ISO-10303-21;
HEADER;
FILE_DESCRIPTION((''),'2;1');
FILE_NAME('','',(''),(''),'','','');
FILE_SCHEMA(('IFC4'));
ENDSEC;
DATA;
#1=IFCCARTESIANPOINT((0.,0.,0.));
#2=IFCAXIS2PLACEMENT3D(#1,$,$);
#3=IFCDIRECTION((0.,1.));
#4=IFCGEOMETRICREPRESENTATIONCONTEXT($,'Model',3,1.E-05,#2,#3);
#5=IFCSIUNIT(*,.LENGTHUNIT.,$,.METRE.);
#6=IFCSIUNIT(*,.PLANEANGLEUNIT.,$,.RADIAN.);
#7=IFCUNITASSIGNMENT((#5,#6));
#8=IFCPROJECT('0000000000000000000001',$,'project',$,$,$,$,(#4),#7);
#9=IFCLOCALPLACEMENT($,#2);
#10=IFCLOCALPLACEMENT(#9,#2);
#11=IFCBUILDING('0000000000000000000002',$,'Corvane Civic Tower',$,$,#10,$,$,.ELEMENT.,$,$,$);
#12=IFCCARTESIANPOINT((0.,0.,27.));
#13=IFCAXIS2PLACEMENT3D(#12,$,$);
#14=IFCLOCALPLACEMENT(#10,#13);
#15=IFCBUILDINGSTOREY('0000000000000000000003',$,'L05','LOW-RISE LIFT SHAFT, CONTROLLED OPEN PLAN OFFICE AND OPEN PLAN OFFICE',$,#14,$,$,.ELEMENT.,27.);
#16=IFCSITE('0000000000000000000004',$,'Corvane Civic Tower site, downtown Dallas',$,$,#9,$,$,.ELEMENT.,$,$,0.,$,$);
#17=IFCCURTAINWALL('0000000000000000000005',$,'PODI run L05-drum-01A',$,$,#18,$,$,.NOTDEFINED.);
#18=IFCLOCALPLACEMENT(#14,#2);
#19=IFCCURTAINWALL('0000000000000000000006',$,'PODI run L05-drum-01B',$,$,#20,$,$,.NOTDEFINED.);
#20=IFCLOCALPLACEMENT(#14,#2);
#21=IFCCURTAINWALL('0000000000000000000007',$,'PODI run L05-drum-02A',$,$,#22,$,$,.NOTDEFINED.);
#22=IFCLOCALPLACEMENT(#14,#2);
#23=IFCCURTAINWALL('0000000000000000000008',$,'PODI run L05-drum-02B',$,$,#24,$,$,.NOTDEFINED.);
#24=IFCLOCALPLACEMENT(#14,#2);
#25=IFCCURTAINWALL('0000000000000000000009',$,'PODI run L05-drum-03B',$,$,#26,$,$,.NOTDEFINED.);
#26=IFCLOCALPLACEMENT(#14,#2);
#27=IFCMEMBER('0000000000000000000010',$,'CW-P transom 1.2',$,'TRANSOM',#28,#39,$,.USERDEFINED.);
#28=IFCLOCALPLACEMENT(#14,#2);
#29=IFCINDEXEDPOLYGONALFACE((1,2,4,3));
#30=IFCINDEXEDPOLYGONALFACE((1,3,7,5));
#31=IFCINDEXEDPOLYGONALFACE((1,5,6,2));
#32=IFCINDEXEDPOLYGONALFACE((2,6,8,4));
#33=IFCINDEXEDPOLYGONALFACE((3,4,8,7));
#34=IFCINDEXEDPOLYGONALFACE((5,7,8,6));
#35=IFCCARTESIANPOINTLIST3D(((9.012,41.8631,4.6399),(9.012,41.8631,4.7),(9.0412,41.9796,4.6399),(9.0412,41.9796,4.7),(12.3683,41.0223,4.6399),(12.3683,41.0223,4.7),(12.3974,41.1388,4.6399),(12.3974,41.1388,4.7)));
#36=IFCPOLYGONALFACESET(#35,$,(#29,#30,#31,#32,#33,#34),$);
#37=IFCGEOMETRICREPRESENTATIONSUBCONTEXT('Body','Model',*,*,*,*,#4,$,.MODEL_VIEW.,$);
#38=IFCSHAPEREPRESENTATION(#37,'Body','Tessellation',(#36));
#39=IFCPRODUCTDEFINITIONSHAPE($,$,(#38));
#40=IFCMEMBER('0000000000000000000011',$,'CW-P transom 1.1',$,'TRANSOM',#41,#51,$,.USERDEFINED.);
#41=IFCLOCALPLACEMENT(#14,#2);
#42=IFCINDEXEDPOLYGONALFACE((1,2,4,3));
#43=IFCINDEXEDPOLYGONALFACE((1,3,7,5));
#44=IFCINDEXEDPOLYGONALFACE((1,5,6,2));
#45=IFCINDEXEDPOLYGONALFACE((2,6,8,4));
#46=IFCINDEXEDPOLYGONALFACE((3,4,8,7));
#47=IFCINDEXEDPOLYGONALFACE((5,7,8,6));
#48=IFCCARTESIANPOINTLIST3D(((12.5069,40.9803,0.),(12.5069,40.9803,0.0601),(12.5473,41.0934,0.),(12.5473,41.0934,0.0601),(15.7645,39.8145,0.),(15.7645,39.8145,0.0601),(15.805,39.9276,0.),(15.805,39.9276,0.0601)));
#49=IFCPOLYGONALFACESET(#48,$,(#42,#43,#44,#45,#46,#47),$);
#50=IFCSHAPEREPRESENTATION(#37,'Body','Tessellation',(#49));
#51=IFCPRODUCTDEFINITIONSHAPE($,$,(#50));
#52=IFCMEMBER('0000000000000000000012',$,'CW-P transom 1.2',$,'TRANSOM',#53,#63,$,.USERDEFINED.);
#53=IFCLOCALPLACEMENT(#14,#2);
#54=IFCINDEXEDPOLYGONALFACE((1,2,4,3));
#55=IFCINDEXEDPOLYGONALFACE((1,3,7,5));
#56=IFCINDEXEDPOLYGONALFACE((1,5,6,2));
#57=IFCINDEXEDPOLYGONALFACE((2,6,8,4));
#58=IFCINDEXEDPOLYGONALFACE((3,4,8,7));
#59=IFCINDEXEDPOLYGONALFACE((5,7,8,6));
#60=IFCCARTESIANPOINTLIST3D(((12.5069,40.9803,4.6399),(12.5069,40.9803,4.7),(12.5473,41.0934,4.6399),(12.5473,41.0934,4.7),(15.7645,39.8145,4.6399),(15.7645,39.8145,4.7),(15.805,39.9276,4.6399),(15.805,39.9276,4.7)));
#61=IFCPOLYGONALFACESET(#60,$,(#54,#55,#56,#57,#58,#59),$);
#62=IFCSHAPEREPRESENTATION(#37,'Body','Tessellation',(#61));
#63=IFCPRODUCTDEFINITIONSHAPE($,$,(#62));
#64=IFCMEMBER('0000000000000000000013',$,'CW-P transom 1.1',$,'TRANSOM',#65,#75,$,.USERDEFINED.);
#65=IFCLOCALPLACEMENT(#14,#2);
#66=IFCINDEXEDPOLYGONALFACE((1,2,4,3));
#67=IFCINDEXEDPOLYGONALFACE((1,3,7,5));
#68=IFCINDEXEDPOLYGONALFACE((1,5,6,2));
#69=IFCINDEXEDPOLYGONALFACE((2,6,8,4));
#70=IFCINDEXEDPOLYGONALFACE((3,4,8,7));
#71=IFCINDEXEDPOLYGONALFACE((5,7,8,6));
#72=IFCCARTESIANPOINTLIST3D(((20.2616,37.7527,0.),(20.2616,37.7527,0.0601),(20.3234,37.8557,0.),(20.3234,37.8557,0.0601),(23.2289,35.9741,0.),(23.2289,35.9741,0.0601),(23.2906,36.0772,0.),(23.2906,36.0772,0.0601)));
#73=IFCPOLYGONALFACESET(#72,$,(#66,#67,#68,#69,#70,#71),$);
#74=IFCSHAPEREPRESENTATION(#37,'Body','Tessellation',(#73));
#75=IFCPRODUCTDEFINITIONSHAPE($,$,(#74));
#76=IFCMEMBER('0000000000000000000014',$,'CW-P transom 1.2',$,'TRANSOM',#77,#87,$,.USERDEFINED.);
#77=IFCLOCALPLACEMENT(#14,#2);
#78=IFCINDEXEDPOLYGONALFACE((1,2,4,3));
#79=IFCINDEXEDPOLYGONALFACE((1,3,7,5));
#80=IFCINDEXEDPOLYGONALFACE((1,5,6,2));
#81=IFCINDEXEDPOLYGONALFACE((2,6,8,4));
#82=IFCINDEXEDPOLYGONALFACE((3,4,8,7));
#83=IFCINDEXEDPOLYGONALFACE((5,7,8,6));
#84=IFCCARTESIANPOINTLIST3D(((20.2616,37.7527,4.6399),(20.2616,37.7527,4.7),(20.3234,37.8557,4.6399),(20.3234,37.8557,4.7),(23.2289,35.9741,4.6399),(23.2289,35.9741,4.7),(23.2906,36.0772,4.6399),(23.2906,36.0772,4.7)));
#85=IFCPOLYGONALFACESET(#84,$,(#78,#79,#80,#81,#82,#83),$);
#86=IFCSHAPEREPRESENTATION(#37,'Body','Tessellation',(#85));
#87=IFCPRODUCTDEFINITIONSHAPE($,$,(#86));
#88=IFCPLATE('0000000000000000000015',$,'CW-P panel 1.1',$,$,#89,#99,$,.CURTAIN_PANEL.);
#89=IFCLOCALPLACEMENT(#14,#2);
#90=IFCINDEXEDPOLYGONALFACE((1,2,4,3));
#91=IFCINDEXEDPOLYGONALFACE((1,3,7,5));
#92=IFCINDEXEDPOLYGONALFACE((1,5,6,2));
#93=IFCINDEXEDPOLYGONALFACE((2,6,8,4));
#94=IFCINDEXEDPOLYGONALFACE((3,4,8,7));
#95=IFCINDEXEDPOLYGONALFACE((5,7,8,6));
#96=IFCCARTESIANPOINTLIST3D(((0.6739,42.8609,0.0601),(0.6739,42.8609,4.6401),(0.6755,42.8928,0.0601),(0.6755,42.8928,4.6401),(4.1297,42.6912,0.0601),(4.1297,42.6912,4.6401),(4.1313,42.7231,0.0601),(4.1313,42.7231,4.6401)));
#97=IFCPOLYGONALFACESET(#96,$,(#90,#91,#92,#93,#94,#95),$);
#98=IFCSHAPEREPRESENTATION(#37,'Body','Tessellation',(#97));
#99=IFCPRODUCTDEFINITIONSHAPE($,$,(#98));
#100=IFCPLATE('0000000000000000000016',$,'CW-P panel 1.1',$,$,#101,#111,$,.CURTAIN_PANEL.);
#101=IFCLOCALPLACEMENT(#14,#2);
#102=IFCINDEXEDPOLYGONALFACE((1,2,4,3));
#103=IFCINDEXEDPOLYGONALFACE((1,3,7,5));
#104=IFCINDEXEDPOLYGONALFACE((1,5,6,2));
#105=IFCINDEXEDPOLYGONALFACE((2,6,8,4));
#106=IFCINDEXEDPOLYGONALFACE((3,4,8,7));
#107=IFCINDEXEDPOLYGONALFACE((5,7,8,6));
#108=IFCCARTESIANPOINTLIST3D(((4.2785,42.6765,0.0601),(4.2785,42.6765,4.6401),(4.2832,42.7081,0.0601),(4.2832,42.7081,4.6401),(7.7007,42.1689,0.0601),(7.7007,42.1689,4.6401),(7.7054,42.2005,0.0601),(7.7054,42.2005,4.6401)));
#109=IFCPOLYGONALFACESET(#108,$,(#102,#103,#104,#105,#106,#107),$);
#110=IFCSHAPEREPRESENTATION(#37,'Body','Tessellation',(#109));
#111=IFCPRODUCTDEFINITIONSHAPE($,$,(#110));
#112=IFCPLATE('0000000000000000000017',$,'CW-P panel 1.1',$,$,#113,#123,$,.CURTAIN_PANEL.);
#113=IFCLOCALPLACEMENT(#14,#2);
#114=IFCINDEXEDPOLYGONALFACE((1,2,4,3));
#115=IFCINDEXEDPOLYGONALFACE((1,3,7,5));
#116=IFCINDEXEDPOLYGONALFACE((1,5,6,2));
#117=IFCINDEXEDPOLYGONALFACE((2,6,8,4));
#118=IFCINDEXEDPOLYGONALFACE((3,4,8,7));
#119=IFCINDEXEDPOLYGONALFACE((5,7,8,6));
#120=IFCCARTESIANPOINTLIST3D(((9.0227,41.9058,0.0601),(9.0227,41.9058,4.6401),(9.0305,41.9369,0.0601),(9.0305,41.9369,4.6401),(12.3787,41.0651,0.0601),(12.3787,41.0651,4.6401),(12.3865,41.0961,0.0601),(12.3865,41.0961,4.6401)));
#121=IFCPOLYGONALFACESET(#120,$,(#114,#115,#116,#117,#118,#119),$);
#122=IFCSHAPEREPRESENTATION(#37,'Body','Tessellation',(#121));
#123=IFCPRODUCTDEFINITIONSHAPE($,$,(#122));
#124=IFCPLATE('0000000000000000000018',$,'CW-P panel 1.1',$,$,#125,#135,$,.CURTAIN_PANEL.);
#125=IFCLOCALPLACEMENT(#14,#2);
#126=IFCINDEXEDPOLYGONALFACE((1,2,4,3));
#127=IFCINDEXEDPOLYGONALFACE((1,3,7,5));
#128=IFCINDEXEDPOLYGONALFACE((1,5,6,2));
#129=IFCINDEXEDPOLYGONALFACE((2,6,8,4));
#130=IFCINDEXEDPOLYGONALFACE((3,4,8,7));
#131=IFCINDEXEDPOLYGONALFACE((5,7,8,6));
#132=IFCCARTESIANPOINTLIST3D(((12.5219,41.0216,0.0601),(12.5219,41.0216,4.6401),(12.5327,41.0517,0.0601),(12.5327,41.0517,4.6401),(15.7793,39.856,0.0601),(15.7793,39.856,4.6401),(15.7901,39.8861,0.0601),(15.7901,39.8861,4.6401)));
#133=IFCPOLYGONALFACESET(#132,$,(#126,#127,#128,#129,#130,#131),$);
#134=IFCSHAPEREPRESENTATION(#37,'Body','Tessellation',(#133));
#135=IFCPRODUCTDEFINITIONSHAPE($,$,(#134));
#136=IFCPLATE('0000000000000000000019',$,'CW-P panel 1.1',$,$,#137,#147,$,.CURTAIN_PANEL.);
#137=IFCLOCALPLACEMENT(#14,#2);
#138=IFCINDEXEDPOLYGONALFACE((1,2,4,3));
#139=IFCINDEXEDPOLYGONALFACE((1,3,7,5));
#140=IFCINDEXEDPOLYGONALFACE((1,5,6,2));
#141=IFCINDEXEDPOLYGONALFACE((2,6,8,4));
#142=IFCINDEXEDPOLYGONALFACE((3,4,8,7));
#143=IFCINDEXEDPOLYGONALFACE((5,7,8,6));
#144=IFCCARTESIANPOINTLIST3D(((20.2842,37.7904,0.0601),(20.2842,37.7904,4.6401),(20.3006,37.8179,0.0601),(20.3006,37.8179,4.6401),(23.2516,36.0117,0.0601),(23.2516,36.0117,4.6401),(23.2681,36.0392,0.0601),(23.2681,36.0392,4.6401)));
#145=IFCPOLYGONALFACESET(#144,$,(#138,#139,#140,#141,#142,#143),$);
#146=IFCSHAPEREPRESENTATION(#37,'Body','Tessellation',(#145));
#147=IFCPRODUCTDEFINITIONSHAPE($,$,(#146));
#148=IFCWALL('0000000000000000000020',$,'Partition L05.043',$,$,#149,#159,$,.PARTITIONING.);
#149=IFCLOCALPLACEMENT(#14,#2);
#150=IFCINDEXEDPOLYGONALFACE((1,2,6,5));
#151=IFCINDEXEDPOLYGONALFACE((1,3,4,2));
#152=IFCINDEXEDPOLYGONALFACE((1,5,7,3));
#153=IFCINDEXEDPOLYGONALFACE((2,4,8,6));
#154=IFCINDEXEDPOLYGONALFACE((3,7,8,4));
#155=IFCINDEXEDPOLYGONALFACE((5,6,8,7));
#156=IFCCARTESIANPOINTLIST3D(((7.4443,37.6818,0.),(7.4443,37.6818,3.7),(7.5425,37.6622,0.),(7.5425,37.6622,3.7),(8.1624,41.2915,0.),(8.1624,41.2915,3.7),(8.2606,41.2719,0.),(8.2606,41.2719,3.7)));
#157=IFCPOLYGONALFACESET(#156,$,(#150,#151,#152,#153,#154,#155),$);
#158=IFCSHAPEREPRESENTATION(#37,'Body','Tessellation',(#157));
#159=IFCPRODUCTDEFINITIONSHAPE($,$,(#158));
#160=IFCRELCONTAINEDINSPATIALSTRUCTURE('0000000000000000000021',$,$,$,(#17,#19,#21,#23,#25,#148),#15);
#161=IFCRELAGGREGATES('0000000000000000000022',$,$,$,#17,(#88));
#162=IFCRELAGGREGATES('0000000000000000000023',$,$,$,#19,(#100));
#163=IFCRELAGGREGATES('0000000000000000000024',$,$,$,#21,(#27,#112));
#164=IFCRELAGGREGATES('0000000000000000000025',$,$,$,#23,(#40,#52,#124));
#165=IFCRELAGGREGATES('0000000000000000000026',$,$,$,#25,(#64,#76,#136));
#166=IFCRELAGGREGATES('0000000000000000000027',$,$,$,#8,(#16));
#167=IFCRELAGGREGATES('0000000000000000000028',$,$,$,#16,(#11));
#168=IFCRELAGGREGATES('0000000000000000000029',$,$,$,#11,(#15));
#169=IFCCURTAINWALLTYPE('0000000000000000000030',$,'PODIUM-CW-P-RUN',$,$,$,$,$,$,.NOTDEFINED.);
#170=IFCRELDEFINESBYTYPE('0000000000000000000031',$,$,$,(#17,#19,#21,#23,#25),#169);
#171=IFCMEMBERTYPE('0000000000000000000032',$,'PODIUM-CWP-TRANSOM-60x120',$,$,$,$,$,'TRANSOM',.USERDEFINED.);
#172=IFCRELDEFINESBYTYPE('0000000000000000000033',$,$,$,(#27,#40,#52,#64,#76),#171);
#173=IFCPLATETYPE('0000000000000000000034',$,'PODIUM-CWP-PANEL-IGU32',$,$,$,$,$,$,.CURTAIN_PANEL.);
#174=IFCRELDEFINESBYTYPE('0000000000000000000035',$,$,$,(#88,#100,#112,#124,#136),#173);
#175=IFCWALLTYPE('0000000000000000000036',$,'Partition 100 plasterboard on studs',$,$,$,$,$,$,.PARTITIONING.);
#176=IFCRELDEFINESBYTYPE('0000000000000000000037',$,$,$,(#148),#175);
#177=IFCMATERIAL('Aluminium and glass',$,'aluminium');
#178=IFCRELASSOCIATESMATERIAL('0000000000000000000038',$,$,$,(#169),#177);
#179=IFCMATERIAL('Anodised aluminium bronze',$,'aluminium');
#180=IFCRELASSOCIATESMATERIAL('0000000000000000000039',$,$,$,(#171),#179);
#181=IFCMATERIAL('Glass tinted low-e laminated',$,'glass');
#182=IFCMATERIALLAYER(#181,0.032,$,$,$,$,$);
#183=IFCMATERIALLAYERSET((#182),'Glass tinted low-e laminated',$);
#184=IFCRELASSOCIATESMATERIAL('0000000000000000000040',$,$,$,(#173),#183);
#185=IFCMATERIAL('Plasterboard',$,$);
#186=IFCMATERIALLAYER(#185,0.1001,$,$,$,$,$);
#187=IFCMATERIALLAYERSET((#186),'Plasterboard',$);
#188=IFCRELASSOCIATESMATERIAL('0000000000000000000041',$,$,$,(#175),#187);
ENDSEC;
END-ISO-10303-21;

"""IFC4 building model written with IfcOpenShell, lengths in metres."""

from ifc_helpers import new_model, si_unit, direction, frame, frame_2d, origin, origin_2d, place, context, subcontext, project, spatial, rectangle, extrude, material, layer, layer_set, material_profile, profile_set, type_object, element, aggregate, save


model = new_model("IFC4")

# Units and contexts
model_context = context("Model", 3, precision=1e-05, world=origin(), true_north=direction((0.0, 1.0)))
body_context = subcontext(model_context, "Body", "Model", "MODEL_VIEW")
ifc_project = project(units=[si_unit("LENGTHUNIT", "METRE"), si_unit("PLANEANGLEUNIT", "RADIAN")], contexts=[model_context])

# Site, building, storey
site_placement = place(None, origin())
site = spatial("IfcSite", under=ifc_project, at=site_placement, Name="Corvane Civic Tower site, downtown Dallas", CompositionType="ELEMENT", RefElevation=0.0)
building_placement = place(site_placement, origin())
building = spatial("IfcBuilding", under=site, at=building_placement, Name="Corvane Civic Tower", CompositionType="ELEMENT")
storey_placement = place(building_placement, frame((0.0, 0.0, 27.0)))
storey = spatial("IfcBuildingStorey", under=building, at=storey_placement, Name="L05", Description="LOW-RISE LIFT SHAFT, CONTROLLED OPEN PLAN OFFICE AND OPEN PLAN OFFICE", CompositionType="ELEMENT", Elevation=27.0)

# Curtain walls
ifc_material_1 = material(Name="Aluminium and glass", Category="aluminium")
curtain_wall_type = type_object("IfcCurtainWallType", Name="PODIUM-CW-P-RUN", PredefinedType="NOTDEFINED", material=ifc_material_1)
curtain_wall_1_placement = place(storey_placement, origin())
curtain_wall_1 = element("IfcCurtainWall", 1, at=curtain_wall_1_placement, inside=storey, type_object=curtain_wall_type, Name="PODI run L05-drum-01A", PredefinedType="NOTDEFINED")
curtain_wall_2_placement = place(storey_placement, origin())
curtain_wall_2 = element("IfcCurtainWall", 2, at=curtain_wall_2_placement, inside=storey, type_object=curtain_wall_type, Name="PODI run L05-drum-01B", PredefinedType="NOTDEFINED")
curtain_wall_3_placement = place(storey_placement, origin())
curtain_wall_3 = element("IfcCurtainWall", 3, at=curtain_wall_3_placement, inside=storey, type_object=curtain_wall_type, Name="PODI run L05-drum-02A", PredefinedType="NOTDEFINED")
curtain_wall_4_placement = place(storey_placement, origin())
curtain_wall_4 = element("IfcCurtainWall", 4, at=curtain_wall_4_placement, inside=storey, type_object=curtain_wall_type, Name="PODI run L05-drum-02B", PredefinedType="NOTDEFINED")
curtain_wall_5_placement = place(storey_placement, origin())
curtain_wall_5 = element("IfcCurtainWall", 5, at=curtain_wall_5_placement, inside=storey, type_object=curtain_wall_type, Name="PODI run L05-drum-03B", PredefinedType="NOTDEFINED")

# Members
ifc_material_2 = material(Name="Anodised aluminium bronze", Category="aluminium")
ifc_material_profile_1 = material_profile(ifc_material_2, rectangle(XDim=0.1201, YDim=0.0601, at=origin_2d()), Name="AL 120x60")
ifc_profile_set_1 = profile_set([ifc_material_profile_1], Name="Anodised aluminium bronze")
member_type_1 = type_object("IfcMemberType", Name="PODIUM-CWP-TRANSOM-60x120", ElementType="TRANSOM", PredefinedType="USERDEFINED", material=ifc_profile_set_1)
member_1_placement = place(storey_placement, frame((9.0266, 41.9214, 4.6699), z_axis=(0.970022, -0.243017, 0.0), x_axis=(0.243017, 0.970022, 0.0)))
member_1 = element("IfcMember", 6, at=member_1_placement, type_object=member_type_1, Name="CW-P transom 1.2", ObjectType="TRANSOM", PredefinedType="USERDEFINED", context=body_context, shape_type="SweptSolid", body=[
    extrude(rectangle(XDim=0.1201, YDim=0.0601, at=origin_2d()), origin(), (0.0, 0.0, 1.0), 3.46),
])
member_2_placement = place(storey_placement, frame((12.5271, 41.0369, 0.03), z_axis=(0.941526, -0.33694, 0.0), x_axis=(0.33694, 0.941526, 0.0)))
member_2 = element("IfcMember", 7, at=member_2_placement, type_object=member_type_1, Name="CW-P transom 1.1", ObjectType="TRANSOM", PredefinedType="USERDEFINED", context=body_context, shape_type="SweptSolid", body=[
    extrude(rectangle(XDim=0.1201, YDim=0.0601, at=origin_2d()), origin(), (0.0, 0.0, 1.0), 3.46),
])
member_3_placement = place(storey_placement, frame((12.5271, 41.0369, 4.6699), z_axis=(0.941526, -0.33694, 0.0), x_axis=(0.33694, 0.941526, 0.0)))
member_3 = element("IfcMember", 8, at=member_3_placement, type_object=member_type_1, Name="CW-P transom 1.2", ObjectType="TRANSOM", PredefinedType="USERDEFINED", context=body_context, shape_type="SweptSolid", body=[
    extrude(rectangle(XDim=0.1201, YDim=0.0601, at=origin_2d()), origin(), (0.0, 0.0, 1.0), 3.46),
])
member_4_placement = place(storey_placement, frame((20.2925, 37.8042, 0.03), z_axis=(0.857723, -0.514112, 0.0), x_axis=(0.514112, 0.857723, 0.0)))
member_4 = element("IfcMember", 9, at=member_4_placement, type_object=member_type_1, Name="CW-P transom 1.1", ObjectType="TRANSOM", PredefinedType="USERDEFINED", context=body_context, shape_type="SweptSolid", body=[
    extrude(rectangle(XDim=0.1201, YDim=0.0601, at=origin_2d()), origin(), (0.0, 0.0, 1.0), 3.4595),
])
member_5_placement = place(storey_placement, frame((20.2925, 37.8042, 4.6699), z_axis=(0.857723, -0.514112, 0.0), x_axis=(0.514112, 0.857723, 0.0)))
member_5 = element("IfcMember", 10, at=member_5_placement, type_object=member_type_1, Name="CW-P transom 1.2", ObjectType="TRANSOM", PredefinedType="USERDEFINED", context=body_context, shape_type="SweptSolid", body=[
    extrude(rectangle(XDim=0.1201, YDim=0.0601, at=origin_2d()), origin(), (0.0, 0.0, 1.0), 3.4595),
])

# Plates
ifc_material_3 = material(Name="Glass tinted low-e laminated", Category="glass")
ifc_layer_1 = layer(ifc_material_3, 0.032)
ifc_layer_set_1 = layer_set([ifc_layer_1], Name="Glass tinted low-e laminated")
plate_type = type_object("IfcPlateType", Name="PODIUM-CWP-PANEL-IGU32", PredefinedType="CURTAIN_PANEL", material=ifc_layer_set_1)
plate_1_placement = place(storey_placement, frame((2.4026, 42.792, 0.0601), z_axis=(0.0, 0.0, 1.0), x_axis=(0.998796, -0.04905, 0.0)))
plate_1 = element("IfcPlate", 11, at=plate_1_placement, type_object=plate_type, Name="CW-P panel 1.1", PredefinedType="CURTAIN_PANEL", context=body_context, shape_type="SweptSolid", body=[
    extrude(rectangle(XDim=3.46, YDim=0.032, at=origin_2d()), origin(), (0.0, 0.0, 1.0), 4.5801),
])
aggregate(curtain_wall_1, [plate_1])
plate_2_placement = place(storey_placement, frame((5.9919, 42.4385, 0.0601), z_axis=(0.0, 0.0, 1.0), x_axis=(0.989179, -0.146715, 0.0)))
plate_2 = element("IfcPlate", 12, at=plate_2_placement, type_object=plate_type, Name="CW-P panel 1.1", PredefinedType="CURTAIN_PANEL", context=body_context, shape_type="SweptSolid", body=[
    extrude(rectangle(XDim=3.4597, YDim=0.032, at=origin_2d()), origin(), (0.0, 0.0, 1.0), 4.5801),
])
aggregate(curtain_wall_2, [plate_2])
plate_3_placement = place(storey_placement, frame((10.7046, 41.501, 0.0601), z_axis=(0.0, 0.0, 1.0), x_axis=(0.970024, -0.243009, 0.0)))
plate_3 = element("IfcPlate", 13, at=plate_3_placement, type_object=plate_type, Name="CW-P panel 1.1", PredefinedType="CURTAIN_PANEL", context=body_context, shape_type="SweptSolid", body=[
    extrude(rectangle(XDim=3.4597, YDim=0.032, at=origin_2d()), origin(), (0.0, 0.0, 1.0), 4.5801),
])
aggregate(curtain_wall_3, [member_1, plate_3])
plate_4_placement = place(storey_placement, frame((14.156, 40.4539, 0.0601), z_axis=(0.0, 0.0, 1.0), x_axis=(0.941534, -0.336919, 0.0)))
plate_4 = element("IfcPlate", 14, at=plate_4_placement, type_object=plate_type, Name="CW-P panel 1.1", PredefinedType="CURTAIN_PANEL", context=body_context, shape_type="SweptSolid", body=[
    extrude(rectangle(XDim=3.4597, YDim=0.032, at=origin_2d()), origin(), (0.0, 0.0, 1.0), 4.5801),
])
aggregate(curtain_wall_4, [member_2, member_3, plate_4])
plate_5_placement = place(storey_placement, frame((21.7761, 36.9148, 0.0601), z_axis=(0.0, 0.0, 1.0), x_axis=(0.85772, -0.514118, 0.0)))
plate_5 = element("IfcPlate", 15, at=plate_5_placement, type_object=plate_type, Name="CW-P panel 1.1", PredefinedType="CURTAIN_PANEL", context=body_context, shape_type="SweptSolid", body=[
    extrude(rectangle(XDim=3.4597, YDim=0.032, at=origin_2d()), origin(), (0.0, 0.0, 1.0), 4.5801),
])
aggregate(curtain_wall_5, [member_4, member_5, plate_5])

# Wall
ifc_material_4 = material(Name="Plasterboard")
ifc_layer_2 = layer(ifc_material_4, 0.1001)
ifc_layer_set_2 = layer_set([ifc_layer_2], Name="Plasterboard")
wall_type_1 = type_object("IfcWallType", Name="Partition 100 plasterboard on studs", PredefinedType="PARTITIONING", material=ifc_layer_set_2)
wall_1_placement = place(storey_placement, frame((7.4934, 37.6719, 0.0), z_axis=(0.0, 0.0, 1.0), x_axis=(0.195095, 0.980784, 0.0)))
element("IfcWall", 16, at=wall_1_placement, inside=storey, type_object=wall_type_1, Name="Partition L05.043", PredefinedType="PARTITIONING", context=body_context, shape_type="SweptSolid", body=[
    extrude(rectangle(XDim=3.6804, YDim=0.1001, at=frame_2d((1.8403, 0.0))), origin(), (0.0, 0.0, 1.0), 3.7),
])

save(model, "model.ifc")
